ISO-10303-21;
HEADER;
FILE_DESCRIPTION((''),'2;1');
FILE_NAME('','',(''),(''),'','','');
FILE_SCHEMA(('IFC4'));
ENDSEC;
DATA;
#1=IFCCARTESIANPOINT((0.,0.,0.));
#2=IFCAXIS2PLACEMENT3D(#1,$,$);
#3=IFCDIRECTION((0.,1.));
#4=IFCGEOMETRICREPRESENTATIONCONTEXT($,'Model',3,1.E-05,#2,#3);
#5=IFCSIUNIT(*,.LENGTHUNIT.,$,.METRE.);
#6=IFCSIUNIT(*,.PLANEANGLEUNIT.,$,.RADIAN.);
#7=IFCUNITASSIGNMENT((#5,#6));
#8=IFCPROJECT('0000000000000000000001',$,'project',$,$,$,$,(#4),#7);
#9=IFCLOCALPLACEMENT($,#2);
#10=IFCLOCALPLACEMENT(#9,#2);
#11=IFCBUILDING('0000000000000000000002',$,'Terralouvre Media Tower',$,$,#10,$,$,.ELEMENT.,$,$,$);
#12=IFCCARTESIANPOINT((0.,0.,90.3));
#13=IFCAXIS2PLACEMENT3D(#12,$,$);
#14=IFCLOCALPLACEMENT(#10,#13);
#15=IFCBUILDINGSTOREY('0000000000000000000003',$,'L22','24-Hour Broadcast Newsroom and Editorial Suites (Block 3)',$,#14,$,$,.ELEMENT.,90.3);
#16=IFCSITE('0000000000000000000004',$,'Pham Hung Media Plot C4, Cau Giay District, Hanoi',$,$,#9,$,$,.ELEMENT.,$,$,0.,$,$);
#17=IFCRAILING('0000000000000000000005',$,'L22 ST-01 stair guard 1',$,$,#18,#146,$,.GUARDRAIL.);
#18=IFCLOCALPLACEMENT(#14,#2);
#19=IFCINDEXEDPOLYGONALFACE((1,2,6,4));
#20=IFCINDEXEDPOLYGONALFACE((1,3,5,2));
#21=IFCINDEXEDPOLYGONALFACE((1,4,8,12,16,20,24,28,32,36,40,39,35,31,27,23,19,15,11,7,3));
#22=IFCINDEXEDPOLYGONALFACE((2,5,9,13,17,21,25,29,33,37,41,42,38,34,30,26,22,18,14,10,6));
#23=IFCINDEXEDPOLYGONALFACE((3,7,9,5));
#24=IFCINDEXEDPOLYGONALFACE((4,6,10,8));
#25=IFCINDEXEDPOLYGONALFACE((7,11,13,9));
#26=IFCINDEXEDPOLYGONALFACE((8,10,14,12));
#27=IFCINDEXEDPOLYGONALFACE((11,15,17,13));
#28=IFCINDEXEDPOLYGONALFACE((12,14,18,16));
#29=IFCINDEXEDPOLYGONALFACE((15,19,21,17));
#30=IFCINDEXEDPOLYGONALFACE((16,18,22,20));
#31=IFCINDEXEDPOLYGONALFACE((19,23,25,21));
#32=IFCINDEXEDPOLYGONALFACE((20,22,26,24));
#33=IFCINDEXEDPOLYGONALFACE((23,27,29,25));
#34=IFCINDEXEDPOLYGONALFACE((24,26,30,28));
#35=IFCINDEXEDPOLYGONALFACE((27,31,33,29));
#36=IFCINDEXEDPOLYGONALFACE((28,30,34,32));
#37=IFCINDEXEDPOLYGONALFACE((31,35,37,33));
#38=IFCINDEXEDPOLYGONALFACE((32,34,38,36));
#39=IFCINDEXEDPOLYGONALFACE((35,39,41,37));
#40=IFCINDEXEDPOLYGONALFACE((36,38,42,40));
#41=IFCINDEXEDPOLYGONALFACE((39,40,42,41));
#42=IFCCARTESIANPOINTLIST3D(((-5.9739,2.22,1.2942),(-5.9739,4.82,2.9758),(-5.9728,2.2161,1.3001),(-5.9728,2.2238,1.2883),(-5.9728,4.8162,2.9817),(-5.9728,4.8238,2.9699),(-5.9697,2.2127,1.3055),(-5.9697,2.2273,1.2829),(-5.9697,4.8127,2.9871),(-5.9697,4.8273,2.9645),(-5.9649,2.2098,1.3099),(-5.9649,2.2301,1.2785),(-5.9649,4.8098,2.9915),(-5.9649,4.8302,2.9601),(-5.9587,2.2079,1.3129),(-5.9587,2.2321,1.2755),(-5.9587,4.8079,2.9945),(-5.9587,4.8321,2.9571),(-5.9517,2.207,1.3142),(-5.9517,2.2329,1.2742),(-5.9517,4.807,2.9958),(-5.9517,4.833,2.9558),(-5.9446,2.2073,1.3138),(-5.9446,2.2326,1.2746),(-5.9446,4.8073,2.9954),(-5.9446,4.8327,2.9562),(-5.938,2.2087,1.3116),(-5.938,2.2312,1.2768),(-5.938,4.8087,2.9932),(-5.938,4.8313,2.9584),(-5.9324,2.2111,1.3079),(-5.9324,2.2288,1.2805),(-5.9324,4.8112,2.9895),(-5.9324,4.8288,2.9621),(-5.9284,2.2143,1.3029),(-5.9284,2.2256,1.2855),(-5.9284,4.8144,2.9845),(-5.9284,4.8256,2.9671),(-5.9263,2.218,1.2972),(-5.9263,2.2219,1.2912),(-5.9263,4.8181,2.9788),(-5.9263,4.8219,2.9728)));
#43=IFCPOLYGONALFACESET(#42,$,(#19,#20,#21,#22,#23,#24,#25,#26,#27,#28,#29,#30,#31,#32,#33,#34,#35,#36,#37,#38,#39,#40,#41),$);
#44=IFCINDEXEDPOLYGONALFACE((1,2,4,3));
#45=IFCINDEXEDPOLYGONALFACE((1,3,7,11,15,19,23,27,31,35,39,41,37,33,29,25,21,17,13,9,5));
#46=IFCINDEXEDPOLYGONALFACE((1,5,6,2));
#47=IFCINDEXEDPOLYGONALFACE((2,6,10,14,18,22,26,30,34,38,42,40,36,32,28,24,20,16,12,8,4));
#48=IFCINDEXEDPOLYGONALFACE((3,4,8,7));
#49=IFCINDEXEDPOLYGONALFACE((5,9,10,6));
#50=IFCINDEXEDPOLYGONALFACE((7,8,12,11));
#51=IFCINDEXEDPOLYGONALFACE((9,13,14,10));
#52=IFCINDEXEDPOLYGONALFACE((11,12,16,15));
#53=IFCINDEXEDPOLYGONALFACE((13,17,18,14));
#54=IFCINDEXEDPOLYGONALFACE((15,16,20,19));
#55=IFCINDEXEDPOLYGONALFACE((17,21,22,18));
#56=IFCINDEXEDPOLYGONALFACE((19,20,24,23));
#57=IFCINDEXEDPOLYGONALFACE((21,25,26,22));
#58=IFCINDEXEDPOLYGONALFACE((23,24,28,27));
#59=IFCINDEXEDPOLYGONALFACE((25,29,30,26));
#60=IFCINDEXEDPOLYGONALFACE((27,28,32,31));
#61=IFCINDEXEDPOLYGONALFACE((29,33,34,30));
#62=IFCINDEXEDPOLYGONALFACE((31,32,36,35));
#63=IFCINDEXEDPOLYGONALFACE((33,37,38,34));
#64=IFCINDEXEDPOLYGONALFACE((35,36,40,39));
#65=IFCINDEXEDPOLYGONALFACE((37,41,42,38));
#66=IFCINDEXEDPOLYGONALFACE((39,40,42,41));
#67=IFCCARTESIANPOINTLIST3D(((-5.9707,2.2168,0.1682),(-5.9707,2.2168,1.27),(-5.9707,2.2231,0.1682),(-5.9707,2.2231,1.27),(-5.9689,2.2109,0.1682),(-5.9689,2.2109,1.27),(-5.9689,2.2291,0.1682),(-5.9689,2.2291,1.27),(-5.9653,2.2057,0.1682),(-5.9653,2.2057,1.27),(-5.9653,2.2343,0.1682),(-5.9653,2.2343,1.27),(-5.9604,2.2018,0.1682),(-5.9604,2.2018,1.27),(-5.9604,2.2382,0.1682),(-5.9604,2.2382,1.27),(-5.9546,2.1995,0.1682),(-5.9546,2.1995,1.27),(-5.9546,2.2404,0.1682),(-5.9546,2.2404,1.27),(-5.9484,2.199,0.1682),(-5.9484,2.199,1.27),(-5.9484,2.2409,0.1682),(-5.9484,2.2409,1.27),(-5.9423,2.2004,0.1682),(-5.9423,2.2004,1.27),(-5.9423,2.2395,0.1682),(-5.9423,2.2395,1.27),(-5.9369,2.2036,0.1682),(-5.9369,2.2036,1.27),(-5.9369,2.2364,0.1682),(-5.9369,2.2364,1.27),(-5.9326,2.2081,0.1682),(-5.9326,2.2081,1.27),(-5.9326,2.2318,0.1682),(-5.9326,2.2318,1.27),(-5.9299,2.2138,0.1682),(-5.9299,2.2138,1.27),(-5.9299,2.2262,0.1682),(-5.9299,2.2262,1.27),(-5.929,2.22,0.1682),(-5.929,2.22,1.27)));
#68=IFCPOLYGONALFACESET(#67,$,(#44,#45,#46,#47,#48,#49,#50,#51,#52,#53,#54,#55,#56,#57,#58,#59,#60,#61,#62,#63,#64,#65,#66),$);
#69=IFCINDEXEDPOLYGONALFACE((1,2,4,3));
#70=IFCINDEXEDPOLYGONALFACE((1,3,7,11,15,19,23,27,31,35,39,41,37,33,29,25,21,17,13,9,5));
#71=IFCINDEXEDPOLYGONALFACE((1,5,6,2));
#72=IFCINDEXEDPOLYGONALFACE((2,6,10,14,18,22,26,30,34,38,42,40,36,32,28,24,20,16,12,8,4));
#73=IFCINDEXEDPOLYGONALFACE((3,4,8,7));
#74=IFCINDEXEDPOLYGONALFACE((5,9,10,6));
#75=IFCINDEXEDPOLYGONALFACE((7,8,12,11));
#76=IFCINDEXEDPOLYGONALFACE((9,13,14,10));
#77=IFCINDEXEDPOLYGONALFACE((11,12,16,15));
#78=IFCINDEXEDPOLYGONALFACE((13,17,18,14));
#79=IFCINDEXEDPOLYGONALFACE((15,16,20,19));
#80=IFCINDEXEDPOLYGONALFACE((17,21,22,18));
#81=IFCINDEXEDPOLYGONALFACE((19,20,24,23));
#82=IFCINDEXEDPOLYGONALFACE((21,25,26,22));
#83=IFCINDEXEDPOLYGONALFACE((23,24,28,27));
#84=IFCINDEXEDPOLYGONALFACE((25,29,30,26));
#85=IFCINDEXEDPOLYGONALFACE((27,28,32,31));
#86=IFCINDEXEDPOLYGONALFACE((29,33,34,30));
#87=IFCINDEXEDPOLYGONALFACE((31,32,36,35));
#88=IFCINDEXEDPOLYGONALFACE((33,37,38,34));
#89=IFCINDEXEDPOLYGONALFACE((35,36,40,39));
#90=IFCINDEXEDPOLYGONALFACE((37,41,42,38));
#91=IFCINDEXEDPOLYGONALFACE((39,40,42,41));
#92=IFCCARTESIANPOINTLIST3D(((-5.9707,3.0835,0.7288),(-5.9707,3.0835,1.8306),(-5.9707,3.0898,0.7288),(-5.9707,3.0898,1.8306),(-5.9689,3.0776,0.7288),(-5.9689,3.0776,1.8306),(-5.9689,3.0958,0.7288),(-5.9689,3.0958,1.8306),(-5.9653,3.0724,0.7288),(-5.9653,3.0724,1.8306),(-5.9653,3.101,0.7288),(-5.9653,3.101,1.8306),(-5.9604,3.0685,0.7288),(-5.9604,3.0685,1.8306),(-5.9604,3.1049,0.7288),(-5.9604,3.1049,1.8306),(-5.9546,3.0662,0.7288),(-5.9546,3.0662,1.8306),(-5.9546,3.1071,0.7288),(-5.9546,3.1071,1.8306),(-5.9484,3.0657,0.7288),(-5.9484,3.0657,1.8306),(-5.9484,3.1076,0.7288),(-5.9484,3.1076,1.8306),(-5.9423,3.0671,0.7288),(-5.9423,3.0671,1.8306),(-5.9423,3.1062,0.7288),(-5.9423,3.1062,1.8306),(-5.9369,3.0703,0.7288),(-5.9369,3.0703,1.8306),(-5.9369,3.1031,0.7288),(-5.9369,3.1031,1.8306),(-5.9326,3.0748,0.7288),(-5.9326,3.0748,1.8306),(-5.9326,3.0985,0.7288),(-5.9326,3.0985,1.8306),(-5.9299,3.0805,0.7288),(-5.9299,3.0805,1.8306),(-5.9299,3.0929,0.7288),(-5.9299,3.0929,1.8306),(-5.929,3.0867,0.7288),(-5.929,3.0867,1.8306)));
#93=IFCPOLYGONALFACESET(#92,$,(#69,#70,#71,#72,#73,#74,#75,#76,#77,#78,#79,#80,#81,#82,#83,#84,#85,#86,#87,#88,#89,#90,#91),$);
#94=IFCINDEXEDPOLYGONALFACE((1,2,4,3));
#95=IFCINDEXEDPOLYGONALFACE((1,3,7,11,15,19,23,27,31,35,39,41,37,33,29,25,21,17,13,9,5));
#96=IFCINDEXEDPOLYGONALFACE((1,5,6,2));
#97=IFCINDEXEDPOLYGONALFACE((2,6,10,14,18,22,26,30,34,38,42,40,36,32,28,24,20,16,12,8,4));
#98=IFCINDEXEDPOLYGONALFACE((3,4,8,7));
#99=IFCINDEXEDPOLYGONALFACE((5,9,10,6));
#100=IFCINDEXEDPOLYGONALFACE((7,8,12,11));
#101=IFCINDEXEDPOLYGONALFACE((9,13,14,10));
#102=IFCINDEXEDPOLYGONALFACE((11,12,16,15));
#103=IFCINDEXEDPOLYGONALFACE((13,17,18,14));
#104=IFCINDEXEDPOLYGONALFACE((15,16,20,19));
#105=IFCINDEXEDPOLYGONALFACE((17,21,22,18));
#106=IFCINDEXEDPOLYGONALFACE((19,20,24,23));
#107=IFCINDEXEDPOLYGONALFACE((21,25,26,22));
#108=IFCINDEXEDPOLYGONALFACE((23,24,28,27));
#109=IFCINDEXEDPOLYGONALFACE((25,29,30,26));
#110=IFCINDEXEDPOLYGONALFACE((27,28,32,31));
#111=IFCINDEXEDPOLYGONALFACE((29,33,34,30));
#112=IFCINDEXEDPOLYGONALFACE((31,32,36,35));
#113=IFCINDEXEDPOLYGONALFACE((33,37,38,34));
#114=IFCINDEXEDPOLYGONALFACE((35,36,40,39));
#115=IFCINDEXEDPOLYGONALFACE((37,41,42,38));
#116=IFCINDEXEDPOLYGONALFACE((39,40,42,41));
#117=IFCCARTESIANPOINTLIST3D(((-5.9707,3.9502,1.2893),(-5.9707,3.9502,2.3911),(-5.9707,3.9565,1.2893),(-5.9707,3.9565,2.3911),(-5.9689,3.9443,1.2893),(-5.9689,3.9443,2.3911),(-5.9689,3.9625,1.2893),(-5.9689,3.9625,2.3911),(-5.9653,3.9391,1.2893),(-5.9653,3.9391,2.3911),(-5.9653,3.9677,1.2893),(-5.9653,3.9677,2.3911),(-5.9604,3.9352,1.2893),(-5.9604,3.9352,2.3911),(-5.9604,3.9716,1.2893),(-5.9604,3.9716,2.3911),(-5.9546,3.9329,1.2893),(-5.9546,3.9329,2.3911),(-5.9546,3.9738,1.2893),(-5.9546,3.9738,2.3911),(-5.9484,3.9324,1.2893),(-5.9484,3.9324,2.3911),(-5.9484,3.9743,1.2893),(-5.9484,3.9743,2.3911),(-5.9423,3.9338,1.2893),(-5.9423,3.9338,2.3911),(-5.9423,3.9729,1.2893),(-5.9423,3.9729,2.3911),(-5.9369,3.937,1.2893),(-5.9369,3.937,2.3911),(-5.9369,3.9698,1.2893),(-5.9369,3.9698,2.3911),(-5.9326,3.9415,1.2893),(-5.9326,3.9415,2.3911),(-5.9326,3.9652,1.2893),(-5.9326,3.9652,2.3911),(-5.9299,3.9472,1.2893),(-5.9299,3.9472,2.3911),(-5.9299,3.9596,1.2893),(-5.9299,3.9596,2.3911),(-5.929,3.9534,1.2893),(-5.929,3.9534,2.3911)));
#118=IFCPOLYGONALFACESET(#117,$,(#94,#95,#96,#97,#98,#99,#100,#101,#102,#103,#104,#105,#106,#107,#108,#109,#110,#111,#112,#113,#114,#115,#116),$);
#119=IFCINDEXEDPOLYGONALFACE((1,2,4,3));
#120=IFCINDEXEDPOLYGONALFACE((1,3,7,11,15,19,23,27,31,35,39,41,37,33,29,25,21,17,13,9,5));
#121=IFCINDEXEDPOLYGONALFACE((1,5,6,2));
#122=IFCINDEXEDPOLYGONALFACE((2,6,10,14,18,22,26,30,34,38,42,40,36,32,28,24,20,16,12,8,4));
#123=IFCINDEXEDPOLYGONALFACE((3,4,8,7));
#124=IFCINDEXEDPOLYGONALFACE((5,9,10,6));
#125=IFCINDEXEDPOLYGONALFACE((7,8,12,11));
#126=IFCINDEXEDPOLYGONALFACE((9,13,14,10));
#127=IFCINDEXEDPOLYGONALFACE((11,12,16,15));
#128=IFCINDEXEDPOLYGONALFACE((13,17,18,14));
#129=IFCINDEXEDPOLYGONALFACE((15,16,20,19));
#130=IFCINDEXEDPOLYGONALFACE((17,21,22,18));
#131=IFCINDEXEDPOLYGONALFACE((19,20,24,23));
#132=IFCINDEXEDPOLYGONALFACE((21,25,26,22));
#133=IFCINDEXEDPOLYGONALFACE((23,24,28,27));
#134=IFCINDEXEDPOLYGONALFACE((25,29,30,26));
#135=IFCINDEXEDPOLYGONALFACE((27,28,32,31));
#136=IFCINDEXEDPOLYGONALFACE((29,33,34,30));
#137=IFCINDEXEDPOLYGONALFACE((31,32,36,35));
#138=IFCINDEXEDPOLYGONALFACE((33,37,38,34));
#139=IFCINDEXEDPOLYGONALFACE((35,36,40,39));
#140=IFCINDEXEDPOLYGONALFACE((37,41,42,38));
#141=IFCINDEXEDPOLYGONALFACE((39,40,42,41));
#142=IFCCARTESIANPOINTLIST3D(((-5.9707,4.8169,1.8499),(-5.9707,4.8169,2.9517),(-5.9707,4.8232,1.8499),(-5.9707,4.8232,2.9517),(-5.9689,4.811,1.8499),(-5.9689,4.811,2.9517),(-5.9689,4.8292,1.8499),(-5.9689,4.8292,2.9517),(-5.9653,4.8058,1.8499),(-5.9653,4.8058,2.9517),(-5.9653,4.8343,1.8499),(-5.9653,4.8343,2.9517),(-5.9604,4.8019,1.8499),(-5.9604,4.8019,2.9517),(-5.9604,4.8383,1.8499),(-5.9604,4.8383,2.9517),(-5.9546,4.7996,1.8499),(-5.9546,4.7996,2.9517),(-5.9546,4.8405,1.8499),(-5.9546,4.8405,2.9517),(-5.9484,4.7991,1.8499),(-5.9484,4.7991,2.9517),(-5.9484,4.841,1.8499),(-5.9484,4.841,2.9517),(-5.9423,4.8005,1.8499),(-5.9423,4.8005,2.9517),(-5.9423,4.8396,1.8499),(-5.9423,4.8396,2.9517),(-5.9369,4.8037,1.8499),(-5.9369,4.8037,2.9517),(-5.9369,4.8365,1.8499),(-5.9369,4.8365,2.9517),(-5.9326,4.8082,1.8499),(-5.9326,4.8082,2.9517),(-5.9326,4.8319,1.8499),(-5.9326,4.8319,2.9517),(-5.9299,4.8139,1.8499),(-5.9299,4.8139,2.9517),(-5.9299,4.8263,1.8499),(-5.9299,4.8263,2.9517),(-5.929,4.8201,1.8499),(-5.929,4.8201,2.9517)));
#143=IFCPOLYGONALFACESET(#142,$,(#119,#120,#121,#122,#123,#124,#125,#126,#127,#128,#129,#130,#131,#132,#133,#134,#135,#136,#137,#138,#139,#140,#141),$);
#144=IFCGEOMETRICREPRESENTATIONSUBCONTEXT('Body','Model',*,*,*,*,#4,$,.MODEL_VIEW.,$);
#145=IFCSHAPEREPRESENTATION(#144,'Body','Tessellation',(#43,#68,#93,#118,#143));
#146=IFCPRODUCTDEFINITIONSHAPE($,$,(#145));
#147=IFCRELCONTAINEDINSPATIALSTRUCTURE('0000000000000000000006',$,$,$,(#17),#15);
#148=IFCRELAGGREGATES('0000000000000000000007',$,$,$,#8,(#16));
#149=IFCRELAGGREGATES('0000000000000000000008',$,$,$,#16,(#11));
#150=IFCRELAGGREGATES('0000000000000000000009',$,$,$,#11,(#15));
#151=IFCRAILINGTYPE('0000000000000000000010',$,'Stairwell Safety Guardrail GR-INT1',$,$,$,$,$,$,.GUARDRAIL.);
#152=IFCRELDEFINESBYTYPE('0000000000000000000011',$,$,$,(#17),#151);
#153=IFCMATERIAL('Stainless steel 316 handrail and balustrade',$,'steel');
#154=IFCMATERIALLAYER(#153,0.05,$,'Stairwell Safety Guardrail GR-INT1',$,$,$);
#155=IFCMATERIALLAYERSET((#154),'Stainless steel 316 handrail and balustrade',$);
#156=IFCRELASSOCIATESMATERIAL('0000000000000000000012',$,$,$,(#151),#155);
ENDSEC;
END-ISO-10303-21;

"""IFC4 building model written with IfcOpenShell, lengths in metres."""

from ifc_helpers import new_model, si_unit, direction, frame, origin, origin_2d, place, context, subcontext, project, spatial, circle, extrude, material, layer, layer_set, type_object, element, save


model = new_model("IFC4")

# Units and contexts
model_context = context("Model", 3, precision=1e-05, world=origin(), true_north=direction((0.0, 1.0)))
body_context = subcontext(model_context, "Body", "Model", "MODEL_VIEW")
ifc_project = project(units=[si_unit("LENGTHUNIT", "METRE"), si_unit("PLANEANGLEUNIT", "RADIAN")], contexts=[model_context])

# Site, building, storey
site_placement = place(None, origin())
site = spatial("IfcSite", under=ifc_project, at=site_placement, Name="Pham Hung Media Plot C4, Cau Giay District, Hanoi", CompositionType="ELEMENT", RefElevation=0.0)
building_placement = place(site_placement, origin())
building = spatial("IfcBuilding", under=site, at=building_placement, Name="Terralouvre Media Tower", CompositionType="ELEMENT")
storey_placement = place(building_placement, frame((0.0, 0.0, 90.3)))
storey = spatial("IfcBuildingStorey", under=building, at=storey_placement, Name="L22", Description="24-Hour Broadcast Newsroom and Editorial Suites (Block 3)", CompositionType="ELEMENT", Elevation=90.3)

# Railing
ifc_material_1 = material(Name="Stainless steel 316 handrail and balustrade", Category="steel")
ifc_layer_1 = layer(ifc_material_1, 0.05, Name="Stairwell Safety Guardrail GR-INT1")
ifc_layer_set_1 = layer_set([ifc_layer_1], Name="Stainless steel 316 handrail and balustrade")
railing_type_1 = type_object("IfcRailingType", Name="Stairwell Safety Guardrail GR-INT1", PredefinedType="GUARDRAIL", material=ifc_layer_set_1)
railing_1_placement = place(storey_placement, frame((-5.95, 2.22, 0.1682)))
element("IfcRailing", 1, at=railing_1_placement, inside=storey, type_object=railing_type_1, Name="L22 ST-01 stair guard 1", PredefinedType="GUARDRAIL", context=body_context, shape_type="SweptSolid", body=[
    extrude(circle(Radius=0.0239, at=origin_2d()), frame((0.0, 0.0, 1.126), z_axis=(0.0, 0.839684, 0.543075), x_axis=(-1.0, 0.0, 0.0)), (0.0, 0.0, 1.0), 3.0964),
    extrude(circle(Radius=0.021, at=origin_2d()), origin(), (0.0, 0.0, 1.0), 1.1018),
    extrude(circle(Radius=0.021, at=origin_2d()), frame((0.0, 0.8667, 0.5605)), (0.0, 0.0, 1.0), 1.1018),
    extrude(circle(Radius=0.021, at=origin_2d()), frame((0.0, 1.7334, 1.1211)), (0.0, 0.0, 1.0), 1.1018),
    extrude(circle(Radius=0.021, at=origin_2d()), frame((0.0, 2.6001, 1.6816)), (0.0, 0.0, 1.0), 1.1018),
])

save(model, "model.ifc")
